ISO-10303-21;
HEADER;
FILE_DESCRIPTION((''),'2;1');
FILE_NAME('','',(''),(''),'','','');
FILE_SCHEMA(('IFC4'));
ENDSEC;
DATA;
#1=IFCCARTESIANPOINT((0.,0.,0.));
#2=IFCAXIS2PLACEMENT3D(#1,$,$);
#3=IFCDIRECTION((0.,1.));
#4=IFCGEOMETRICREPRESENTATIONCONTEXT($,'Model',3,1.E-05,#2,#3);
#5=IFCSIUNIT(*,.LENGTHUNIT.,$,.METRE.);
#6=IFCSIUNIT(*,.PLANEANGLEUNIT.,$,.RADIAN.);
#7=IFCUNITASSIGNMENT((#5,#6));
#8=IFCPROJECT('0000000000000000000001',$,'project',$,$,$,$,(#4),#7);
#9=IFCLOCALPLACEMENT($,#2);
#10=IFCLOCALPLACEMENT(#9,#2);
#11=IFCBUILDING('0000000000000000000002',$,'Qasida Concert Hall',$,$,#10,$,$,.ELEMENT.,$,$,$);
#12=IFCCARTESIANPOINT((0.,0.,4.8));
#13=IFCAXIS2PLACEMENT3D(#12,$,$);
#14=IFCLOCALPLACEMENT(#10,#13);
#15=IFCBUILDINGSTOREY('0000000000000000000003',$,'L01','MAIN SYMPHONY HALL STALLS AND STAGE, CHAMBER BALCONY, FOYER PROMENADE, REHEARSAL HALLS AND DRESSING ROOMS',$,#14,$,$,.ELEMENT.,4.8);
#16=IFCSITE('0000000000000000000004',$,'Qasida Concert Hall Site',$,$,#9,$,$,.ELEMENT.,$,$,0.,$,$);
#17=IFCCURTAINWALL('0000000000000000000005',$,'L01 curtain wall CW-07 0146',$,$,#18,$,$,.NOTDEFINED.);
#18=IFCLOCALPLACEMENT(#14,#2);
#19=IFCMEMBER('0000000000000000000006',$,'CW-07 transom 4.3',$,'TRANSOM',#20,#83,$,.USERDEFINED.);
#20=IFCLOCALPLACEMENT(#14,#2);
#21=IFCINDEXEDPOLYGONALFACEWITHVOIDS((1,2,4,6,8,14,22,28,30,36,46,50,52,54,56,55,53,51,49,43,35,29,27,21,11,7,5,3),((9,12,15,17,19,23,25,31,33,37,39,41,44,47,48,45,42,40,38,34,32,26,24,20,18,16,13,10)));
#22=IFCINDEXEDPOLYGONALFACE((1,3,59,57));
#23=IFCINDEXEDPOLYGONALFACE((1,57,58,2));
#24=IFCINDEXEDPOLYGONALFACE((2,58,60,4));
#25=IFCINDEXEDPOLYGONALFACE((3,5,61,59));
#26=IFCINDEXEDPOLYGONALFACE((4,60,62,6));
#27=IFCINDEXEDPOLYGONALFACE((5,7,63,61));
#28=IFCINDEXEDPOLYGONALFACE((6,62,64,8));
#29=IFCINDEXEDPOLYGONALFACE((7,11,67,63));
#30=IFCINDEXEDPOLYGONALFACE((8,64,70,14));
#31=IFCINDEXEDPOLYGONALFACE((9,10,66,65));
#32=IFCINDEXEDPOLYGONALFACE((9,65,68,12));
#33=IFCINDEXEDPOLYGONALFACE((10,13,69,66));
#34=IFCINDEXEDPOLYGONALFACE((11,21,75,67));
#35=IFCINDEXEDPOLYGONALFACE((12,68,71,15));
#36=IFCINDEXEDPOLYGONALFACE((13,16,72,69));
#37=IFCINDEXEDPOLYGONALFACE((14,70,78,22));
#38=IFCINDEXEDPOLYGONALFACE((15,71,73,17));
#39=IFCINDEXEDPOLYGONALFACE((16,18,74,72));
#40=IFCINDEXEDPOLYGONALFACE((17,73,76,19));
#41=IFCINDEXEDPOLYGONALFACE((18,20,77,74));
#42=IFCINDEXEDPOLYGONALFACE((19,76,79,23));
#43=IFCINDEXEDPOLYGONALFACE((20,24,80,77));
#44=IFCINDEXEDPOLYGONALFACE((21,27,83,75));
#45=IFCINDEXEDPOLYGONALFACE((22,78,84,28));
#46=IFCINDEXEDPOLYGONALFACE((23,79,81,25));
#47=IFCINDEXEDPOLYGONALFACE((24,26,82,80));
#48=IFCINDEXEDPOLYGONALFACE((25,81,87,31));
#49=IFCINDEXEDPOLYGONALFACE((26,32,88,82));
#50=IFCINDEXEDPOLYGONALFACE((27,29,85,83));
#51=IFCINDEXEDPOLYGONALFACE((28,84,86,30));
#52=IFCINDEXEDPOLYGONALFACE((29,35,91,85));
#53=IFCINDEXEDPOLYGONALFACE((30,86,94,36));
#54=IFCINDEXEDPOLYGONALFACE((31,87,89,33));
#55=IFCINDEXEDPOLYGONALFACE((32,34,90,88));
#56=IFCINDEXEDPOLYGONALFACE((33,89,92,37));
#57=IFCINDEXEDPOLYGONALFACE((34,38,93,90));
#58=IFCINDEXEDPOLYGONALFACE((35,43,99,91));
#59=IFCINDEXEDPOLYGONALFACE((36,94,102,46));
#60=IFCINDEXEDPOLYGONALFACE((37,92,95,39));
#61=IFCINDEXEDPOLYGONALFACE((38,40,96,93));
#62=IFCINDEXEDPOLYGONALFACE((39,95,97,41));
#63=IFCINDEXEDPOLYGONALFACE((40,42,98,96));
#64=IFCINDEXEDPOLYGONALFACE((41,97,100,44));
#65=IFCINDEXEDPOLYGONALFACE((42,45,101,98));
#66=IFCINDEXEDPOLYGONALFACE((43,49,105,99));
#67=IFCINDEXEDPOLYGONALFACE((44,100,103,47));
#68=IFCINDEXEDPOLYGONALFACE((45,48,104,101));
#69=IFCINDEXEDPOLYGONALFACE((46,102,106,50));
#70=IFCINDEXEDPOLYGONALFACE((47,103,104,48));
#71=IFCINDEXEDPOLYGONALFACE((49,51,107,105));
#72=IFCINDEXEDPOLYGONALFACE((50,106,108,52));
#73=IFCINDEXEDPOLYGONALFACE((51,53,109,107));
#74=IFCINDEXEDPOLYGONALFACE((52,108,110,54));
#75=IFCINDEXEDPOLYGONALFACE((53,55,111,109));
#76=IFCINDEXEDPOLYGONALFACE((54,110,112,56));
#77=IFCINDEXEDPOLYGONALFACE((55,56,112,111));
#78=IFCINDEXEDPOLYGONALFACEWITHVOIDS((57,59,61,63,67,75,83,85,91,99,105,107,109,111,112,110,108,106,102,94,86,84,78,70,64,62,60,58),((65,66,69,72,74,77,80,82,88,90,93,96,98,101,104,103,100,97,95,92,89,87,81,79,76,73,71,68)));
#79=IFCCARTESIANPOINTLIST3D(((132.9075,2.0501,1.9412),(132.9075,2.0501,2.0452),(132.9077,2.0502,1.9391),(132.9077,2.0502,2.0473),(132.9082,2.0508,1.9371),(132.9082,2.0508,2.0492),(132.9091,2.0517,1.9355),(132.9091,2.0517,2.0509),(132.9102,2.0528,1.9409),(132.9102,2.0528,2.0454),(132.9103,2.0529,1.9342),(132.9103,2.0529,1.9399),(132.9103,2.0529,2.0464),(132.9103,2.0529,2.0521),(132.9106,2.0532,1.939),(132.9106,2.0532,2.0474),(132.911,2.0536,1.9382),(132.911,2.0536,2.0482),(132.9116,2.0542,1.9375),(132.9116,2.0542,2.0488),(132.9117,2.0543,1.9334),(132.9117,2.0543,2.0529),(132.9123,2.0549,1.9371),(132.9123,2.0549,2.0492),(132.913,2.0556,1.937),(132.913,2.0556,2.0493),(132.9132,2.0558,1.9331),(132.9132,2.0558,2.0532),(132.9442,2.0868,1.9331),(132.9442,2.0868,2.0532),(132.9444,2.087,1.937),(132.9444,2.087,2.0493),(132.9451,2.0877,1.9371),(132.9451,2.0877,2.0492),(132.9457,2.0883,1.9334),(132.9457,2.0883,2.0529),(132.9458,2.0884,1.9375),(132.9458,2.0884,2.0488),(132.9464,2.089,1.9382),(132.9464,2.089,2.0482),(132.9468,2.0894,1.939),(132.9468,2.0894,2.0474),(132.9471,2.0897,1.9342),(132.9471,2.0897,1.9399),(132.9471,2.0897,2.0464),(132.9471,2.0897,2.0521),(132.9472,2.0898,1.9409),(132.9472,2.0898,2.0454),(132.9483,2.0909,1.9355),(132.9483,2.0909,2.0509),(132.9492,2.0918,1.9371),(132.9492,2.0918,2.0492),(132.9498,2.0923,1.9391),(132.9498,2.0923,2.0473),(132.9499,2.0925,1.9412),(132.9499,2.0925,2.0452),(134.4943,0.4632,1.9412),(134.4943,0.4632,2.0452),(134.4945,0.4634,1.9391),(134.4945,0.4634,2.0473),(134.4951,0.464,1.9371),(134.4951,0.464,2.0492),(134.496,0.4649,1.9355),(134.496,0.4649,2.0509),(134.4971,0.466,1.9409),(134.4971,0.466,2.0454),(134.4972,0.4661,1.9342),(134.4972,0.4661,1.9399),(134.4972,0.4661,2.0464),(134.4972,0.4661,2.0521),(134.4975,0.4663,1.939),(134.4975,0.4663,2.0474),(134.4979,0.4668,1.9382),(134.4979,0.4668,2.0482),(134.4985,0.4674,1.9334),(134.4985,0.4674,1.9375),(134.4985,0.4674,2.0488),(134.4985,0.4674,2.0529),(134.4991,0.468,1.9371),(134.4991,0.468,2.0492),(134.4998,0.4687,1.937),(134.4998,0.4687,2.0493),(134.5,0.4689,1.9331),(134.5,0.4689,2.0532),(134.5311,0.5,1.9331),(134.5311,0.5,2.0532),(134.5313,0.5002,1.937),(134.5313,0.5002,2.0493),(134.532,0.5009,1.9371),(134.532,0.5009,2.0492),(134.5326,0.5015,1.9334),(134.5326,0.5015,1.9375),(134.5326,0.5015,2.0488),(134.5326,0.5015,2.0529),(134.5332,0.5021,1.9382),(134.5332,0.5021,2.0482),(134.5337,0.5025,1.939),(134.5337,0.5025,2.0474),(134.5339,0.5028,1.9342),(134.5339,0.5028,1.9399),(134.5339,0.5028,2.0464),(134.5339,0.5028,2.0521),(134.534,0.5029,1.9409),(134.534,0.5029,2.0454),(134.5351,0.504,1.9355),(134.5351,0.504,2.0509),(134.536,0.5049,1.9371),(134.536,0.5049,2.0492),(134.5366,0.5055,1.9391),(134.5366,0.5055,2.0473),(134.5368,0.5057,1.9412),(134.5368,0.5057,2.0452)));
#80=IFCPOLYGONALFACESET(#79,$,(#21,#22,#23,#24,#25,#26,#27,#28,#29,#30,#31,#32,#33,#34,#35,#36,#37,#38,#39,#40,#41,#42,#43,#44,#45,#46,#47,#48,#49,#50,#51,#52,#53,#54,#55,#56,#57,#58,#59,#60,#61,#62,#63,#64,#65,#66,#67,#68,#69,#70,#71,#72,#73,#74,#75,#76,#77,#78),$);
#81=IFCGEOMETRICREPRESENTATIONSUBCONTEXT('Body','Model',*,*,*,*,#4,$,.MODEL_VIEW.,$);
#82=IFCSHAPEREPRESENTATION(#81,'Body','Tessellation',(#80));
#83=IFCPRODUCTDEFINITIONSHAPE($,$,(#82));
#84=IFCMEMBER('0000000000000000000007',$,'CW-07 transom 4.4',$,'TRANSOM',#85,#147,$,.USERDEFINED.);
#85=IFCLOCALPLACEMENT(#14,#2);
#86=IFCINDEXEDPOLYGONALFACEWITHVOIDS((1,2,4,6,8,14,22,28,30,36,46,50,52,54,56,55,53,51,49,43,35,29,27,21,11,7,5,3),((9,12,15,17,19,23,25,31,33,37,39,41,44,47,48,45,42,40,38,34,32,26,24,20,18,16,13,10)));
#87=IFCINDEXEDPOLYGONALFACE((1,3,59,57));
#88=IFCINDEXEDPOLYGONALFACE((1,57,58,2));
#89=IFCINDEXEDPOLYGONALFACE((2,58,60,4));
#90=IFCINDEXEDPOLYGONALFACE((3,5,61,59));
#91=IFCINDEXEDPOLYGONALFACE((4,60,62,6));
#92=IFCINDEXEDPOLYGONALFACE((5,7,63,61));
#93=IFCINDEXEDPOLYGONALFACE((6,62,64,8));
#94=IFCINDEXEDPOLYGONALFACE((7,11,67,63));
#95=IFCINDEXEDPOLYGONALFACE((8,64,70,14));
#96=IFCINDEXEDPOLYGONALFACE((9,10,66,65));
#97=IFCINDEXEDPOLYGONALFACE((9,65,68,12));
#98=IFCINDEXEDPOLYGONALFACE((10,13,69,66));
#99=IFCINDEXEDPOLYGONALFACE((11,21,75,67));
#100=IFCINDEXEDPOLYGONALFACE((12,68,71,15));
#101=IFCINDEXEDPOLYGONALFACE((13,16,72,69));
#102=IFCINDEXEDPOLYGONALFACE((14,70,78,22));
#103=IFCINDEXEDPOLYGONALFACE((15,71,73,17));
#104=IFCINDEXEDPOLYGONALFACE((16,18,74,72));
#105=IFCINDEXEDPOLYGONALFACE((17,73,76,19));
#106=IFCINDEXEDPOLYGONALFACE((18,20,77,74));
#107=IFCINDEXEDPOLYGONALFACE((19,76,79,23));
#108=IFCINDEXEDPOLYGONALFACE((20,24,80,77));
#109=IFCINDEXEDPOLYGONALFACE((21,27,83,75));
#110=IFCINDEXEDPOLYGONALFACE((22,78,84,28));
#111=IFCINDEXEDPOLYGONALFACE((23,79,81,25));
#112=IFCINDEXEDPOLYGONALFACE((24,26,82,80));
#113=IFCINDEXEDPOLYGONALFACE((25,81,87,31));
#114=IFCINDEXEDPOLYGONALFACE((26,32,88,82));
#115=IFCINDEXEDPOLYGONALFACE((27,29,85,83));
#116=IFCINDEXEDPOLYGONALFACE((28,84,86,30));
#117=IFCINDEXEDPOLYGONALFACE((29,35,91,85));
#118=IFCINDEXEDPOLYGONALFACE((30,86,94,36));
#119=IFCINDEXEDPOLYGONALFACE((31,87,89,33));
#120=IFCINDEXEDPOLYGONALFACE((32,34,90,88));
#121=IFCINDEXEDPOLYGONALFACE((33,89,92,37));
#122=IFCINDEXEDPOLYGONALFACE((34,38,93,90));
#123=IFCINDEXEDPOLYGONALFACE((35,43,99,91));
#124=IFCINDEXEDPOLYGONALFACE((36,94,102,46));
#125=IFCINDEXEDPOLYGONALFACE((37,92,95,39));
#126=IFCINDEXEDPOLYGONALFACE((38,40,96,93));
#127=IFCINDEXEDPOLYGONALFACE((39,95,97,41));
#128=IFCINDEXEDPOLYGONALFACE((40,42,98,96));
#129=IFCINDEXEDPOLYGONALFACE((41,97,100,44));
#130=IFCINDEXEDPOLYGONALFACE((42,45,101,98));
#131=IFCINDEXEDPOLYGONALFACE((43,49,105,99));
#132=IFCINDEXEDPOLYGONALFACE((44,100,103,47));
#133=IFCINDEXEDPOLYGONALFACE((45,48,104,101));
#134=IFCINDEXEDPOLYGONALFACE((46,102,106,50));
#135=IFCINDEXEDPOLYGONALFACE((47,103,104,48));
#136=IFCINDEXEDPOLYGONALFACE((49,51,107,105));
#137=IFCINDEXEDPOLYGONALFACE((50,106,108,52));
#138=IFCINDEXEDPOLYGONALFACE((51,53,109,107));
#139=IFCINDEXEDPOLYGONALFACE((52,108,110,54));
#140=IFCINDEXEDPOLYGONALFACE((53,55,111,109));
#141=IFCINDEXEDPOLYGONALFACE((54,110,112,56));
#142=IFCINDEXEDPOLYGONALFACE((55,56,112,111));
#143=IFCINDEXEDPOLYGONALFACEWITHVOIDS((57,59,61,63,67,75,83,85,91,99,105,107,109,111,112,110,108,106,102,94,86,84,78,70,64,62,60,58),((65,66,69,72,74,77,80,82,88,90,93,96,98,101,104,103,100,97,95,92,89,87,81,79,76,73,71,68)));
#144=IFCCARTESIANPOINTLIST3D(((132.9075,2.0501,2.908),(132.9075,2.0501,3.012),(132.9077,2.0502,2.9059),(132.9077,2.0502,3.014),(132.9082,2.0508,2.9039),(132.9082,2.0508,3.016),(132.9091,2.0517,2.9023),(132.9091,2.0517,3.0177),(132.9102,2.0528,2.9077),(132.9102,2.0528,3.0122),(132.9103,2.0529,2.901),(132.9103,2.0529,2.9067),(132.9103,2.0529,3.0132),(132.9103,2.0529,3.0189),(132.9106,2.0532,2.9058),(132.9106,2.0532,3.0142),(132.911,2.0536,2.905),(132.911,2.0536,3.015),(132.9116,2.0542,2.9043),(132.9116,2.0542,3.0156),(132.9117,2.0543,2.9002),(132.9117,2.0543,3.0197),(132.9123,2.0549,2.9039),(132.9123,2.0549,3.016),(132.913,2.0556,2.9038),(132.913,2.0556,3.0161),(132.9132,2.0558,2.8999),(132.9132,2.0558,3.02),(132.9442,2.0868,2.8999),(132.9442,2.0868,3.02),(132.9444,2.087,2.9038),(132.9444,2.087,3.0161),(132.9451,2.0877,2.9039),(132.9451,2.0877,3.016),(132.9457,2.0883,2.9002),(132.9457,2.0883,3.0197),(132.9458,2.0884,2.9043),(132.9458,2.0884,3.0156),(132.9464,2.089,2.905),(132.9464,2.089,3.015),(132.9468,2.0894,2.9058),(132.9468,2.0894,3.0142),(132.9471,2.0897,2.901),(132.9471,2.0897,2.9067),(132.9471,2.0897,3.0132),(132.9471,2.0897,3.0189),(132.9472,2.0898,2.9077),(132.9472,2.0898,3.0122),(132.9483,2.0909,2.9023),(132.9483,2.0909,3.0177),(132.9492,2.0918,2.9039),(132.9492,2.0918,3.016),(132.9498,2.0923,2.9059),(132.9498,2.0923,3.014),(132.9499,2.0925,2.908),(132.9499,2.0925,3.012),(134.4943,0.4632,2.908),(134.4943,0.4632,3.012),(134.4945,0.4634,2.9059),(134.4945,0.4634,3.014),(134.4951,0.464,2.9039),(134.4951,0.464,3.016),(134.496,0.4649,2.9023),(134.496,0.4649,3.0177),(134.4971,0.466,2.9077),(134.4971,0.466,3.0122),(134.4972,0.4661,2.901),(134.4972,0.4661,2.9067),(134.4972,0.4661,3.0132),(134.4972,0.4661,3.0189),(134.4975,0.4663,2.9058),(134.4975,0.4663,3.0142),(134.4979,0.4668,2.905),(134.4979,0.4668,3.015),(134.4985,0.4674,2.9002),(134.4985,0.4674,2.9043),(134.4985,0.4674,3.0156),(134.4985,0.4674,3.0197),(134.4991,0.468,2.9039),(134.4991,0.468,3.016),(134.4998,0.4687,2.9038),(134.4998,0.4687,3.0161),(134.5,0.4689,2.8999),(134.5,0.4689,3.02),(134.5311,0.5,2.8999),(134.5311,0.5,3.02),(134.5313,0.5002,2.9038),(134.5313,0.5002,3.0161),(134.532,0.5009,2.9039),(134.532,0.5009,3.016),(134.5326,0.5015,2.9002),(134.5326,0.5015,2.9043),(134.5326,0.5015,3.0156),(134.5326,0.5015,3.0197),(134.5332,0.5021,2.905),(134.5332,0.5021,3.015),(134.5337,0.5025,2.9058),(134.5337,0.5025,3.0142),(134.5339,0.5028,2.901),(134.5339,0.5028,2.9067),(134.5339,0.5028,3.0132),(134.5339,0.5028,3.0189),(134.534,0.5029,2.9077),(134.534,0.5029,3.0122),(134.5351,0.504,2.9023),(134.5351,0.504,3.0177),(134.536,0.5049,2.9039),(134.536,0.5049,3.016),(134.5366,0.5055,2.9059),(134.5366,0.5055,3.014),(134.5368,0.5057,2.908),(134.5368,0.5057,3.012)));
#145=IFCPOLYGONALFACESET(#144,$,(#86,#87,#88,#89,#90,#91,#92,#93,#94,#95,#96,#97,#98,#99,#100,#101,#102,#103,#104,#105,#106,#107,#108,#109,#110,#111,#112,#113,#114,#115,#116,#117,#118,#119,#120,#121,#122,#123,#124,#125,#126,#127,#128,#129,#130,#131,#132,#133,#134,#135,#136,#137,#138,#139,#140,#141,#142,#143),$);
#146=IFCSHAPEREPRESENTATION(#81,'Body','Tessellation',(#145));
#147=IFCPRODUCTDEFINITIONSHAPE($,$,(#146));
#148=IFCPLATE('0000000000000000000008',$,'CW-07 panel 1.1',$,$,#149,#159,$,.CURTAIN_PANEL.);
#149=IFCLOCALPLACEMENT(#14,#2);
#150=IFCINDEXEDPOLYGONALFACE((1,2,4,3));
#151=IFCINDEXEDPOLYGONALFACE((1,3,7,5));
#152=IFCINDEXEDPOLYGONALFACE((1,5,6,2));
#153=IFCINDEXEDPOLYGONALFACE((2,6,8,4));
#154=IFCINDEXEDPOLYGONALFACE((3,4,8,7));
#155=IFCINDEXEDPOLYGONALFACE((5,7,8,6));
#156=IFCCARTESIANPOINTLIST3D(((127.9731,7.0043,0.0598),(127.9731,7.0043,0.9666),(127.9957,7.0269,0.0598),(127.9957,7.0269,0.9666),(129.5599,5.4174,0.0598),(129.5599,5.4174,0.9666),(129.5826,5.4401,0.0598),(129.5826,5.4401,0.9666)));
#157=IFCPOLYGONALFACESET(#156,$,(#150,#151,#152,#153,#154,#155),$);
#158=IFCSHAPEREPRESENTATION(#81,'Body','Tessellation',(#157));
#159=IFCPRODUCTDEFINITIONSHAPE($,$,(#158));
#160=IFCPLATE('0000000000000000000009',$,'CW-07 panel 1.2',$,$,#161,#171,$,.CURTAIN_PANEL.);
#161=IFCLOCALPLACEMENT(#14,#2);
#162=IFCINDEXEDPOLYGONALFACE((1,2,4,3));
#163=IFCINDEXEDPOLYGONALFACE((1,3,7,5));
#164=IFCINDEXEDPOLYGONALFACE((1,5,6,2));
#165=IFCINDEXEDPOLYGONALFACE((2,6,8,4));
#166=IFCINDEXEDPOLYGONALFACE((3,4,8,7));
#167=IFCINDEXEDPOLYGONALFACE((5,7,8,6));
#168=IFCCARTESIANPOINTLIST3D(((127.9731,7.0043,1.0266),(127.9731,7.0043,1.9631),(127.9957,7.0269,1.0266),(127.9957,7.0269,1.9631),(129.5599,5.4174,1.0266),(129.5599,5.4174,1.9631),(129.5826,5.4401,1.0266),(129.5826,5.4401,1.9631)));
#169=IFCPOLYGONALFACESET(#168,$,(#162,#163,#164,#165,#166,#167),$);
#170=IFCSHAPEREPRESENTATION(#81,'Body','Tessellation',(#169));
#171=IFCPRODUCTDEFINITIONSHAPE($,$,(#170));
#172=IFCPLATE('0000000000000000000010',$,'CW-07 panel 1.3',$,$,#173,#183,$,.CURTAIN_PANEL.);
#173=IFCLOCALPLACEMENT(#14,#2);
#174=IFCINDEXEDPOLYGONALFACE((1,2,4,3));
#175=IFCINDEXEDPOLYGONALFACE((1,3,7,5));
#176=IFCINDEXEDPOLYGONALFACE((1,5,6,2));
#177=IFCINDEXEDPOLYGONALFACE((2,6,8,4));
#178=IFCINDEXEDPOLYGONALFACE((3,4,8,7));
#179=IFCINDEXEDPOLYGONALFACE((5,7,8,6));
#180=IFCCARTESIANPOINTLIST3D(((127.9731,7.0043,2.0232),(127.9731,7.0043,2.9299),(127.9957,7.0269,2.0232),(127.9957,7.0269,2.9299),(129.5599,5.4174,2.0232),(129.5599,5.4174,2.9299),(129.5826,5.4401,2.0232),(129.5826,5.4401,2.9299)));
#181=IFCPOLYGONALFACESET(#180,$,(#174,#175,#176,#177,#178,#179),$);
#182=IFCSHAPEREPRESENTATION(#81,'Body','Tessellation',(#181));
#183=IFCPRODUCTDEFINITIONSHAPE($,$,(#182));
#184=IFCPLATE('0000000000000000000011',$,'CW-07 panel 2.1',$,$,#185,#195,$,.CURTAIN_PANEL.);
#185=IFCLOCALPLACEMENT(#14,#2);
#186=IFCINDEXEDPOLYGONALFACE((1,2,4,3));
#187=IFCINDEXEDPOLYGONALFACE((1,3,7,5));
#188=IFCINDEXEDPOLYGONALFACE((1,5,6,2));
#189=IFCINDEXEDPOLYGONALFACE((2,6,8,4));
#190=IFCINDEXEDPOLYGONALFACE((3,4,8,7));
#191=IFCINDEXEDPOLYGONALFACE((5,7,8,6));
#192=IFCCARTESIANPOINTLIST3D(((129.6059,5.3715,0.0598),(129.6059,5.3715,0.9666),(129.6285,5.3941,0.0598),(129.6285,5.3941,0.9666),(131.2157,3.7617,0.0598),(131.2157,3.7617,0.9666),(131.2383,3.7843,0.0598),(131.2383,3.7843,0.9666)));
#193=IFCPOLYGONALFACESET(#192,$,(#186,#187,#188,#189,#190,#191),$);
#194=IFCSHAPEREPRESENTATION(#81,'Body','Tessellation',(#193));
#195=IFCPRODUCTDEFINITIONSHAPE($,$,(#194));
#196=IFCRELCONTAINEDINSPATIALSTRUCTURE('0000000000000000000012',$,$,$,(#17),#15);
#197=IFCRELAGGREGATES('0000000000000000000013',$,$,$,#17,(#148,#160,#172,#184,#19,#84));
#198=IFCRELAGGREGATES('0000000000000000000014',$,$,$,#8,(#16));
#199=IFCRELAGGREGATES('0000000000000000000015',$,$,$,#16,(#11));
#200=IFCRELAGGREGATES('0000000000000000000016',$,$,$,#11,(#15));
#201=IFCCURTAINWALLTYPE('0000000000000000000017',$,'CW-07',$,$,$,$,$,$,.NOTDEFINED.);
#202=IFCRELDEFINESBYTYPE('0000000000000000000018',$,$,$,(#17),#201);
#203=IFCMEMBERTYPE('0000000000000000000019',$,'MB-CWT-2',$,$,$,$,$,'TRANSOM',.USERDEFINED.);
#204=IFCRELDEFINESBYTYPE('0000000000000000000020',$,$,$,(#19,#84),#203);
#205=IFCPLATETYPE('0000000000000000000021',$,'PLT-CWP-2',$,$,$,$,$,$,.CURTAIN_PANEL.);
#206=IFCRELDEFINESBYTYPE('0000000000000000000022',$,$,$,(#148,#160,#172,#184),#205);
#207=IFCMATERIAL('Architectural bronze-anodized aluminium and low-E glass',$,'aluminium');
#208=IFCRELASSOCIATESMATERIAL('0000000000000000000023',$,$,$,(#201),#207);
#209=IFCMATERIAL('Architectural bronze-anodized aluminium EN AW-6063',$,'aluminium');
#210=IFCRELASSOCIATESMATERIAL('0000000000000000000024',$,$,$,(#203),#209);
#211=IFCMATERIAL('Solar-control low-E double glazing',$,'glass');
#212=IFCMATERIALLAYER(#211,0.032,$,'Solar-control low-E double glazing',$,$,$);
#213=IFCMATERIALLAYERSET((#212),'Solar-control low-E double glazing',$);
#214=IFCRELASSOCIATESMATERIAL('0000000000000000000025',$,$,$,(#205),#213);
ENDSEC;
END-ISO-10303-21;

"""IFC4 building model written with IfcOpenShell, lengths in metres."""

from ifc_helpers import new_model, si_unit, direction, frame, origin, origin_2d, place, context, subcontext, project, spatial, rectangle, hollow_rectangle, extrude, material, layer, layer_set, material_profile, profile_set, type_object, element, aggregate, save


model = new_model("IFC4")

# Units and contexts
model_context = context("Model", 3, precision=1e-05, world=origin(), true_north=direction((0.0, 1.0)))
body_context = subcontext(model_context, "Body", "Model", "MODEL_VIEW")
ifc_project = project(units=[si_unit("LENGTHUNIT", "METRE"), si_unit("PLANEANGLEUNIT", "RADIAN")], contexts=[model_context])

# Site, building, storey
site_placement = place(None, origin())
site = spatial("IfcSite", under=ifc_project, at=site_placement, Name="Qasida Concert Hall Site", CompositionType="ELEMENT", RefElevation=0.0)
building_placement = place(site_placement, origin())
building = spatial("IfcBuilding", under=site, at=building_placement, Name="Qasida Concert Hall", CompositionType="ELEMENT")
storey_placement = place(building_placement, frame((0.0, 0.0, 4.8)))
storey = spatial("IfcBuildingStorey", under=building, at=storey_placement, Name="L01", Description="MAIN SYMPHONY HALL STALLS AND STAGE, CHAMBER BALCONY, FOYER PROMENADE, REHEARSAL HALLS AND DRESSING ROOMS", CompositionType="ELEMENT", Elevation=4.8)

# Curtain wall, members, plates
ifc_material_1 = material(Name="Architectural bronze-anodized aluminium and low-E glass", Category="aluminium")
curtain_wall_type = type_object("IfcCurtainWallType", Name="CW-07", PredefinedType="NOTDEFINED", material=ifc_material_1)
curtain_wall_placement = place(storey_placement, origin())
curtain_wall = element("IfcCurtainWall", 1, at=curtain_wall_placement, inside=storey, type_object=curtain_wall_type, Name="L01 curtain wall CW-07 0146", PredefinedType="NOTDEFINED")
ifc_material_2 = material(Name="Architectural bronze-anodized aluminium EN AW-6063", Category="aluminium")
ifc_material_profile_1 = material_profile(ifc_material_2, hollow_rectangle(XDim=0.0601, YDim=0.1201, WallThickness=0.0039, InnerFilletRadius=0.0039, OuterFilletRadius=0.0081, at=origin_2d()), Name="CWT 120x60x4")
ifc_profile_set_1 = profile_set([ifc_material_profile_1], Name="Architectural bronze-anodized aluminium EN AW-6063")
member_type_1 = type_object("IfcMemberType", Name="MB-CWT-2", ElementType="TRANSOM", PredefinedType="USERDEFINED", material=ifc_profile_set_1)
member_1_placement = place(storey_placement, frame((132.9287, 2.0713, 1.9932), z_axis=(0.707107, -0.707107, 0.0), x_axis=(0.707107, 0.707107, 0.0)))
member_1 = element("IfcMember", 2, at=member_1_placement, type_object=member_type_1, Name="CW-07 transom 4.3", ObjectType="TRANSOM", PredefinedType="USERDEFINED", context=body_context, shape_type="SweptSolid", body=[
    extrude(hollow_rectangle(XDim=0.0601, YDim=0.1201, WallThickness=0.0039, InnerFilletRadius=0.0039, OuterFilletRadius=0.0081, at=origin_2d()), origin(), (0.0, 0.0, 1.0), 2.2441),
])
member_2_placement = place(storey_placement, frame((132.9287, 2.0713, 2.96), z_axis=(0.707107, -0.707107, 0.0), x_axis=(0.707107, 0.707107, 0.0)))
member_2 = element("IfcMember", 3, at=member_2_placement, type_object=member_type_1, Name="CW-07 transom 4.4", ObjectType="TRANSOM", PredefinedType="USERDEFINED", context=body_context, shape_type="SweptSolid", body=[
    extrude(hollow_rectangle(XDim=0.0601, YDim=0.1201, WallThickness=0.0039, InnerFilletRadius=0.0039, OuterFilletRadius=0.0081, at=origin_2d()), origin(), (0.0, 0.0, 1.0), 2.2441),
])
ifc_material_3 = material(Name="Solar-control low-E double glazing", Category="glass")
ifc_layer = layer(ifc_material_3, 0.032, Name="Solar-control low-E double glazing")
ifc_layer_set = layer_set([ifc_layer], Name="Solar-control low-E double glazing")
plate_type = type_object("IfcPlateType", Name="PLT-CWP-2", PredefinedType="CURTAIN_PANEL", material=ifc_layer_set)
plate_1_placement = place(storey_placement, frame((128.7778, 6.2222, 0.0598), z_axis=(0.0, 0.0, 1.0), x_axis=(0.707107, -0.707107, 0.0)))
plate_1 = element("IfcPlate", 4, at=plate_1_placement, type_object=plate_type, Name="CW-07 panel 1.1", PredefinedType="CURTAIN_PANEL", context=body_context, shape_type="SweptSolid", body=[
    extrude(rectangle(XDim=2.2441, YDim=0.032, at=origin_2d()), origin(), (0.0, 0.0, 1.0), 0.9067),
])
plate_2_placement = place(storey_placement, frame((128.7778, 6.2222, 1.0266), z_axis=(0.0, 0.0, 1.0), x_axis=(0.707107, -0.707107, 0.0)))
plate_2 = element("IfcPlate", 5, at=plate_2_placement, type_object=plate_type, Name="CW-07 panel 1.2", PredefinedType="CURTAIN_PANEL", context=body_context, shape_type="SweptSolid", body=[
    extrude(rectangle(XDim=2.2441, YDim=0.032, at=origin_2d()), origin(), (0.0, 0.0, 1.0), 0.9365),
])
plate_3_placement = place(storey_placement, frame((128.7778, 6.2222, 2.0232), z_axis=(0.0, 0.0, 1.0), x_axis=(0.707107, -0.707107, 0.0)))
plate_3 = element("IfcPlate", 6, at=plate_3_placement, type_object=plate_type, Name="CW-07 panel 1.3", PredefinedType="CURTAIN_PANEL", context=body_context, shape_type="SweptSolid", body=[
    extrude(rectangle(XDim=2.2441, YDim=0.032, at=origin_2d()), origin(), (0.0, 0.0, 1.0), 0.9067),
])
plate_4_placement = place(storey_placement, frame((130.4221, 4.5779, 0.0598), z_axis=(0.0, 0.0, 1.0), x_axis=(0.707107, -0.707107, 0.0)))
plate_4 = element("IfcPlate", 7, at=plate_4_placement, type_object=plate_type, Name="CW-07 panel 2.1", PredefinedType="CURTAIN_PANEL", context=body_context, shape_type="SweptSolid", body=[
    extrude(rectangle(XDim=2.2766, YDim=0.032, at=origin_2d()), origin(), (0.0, 0.0, 1.0), 0.9067),
])
aggregate(curtain_wall, [plate_1, plate_2, plate_3, plate_4, member_1, member_2])

save(model, "model.ifc")
